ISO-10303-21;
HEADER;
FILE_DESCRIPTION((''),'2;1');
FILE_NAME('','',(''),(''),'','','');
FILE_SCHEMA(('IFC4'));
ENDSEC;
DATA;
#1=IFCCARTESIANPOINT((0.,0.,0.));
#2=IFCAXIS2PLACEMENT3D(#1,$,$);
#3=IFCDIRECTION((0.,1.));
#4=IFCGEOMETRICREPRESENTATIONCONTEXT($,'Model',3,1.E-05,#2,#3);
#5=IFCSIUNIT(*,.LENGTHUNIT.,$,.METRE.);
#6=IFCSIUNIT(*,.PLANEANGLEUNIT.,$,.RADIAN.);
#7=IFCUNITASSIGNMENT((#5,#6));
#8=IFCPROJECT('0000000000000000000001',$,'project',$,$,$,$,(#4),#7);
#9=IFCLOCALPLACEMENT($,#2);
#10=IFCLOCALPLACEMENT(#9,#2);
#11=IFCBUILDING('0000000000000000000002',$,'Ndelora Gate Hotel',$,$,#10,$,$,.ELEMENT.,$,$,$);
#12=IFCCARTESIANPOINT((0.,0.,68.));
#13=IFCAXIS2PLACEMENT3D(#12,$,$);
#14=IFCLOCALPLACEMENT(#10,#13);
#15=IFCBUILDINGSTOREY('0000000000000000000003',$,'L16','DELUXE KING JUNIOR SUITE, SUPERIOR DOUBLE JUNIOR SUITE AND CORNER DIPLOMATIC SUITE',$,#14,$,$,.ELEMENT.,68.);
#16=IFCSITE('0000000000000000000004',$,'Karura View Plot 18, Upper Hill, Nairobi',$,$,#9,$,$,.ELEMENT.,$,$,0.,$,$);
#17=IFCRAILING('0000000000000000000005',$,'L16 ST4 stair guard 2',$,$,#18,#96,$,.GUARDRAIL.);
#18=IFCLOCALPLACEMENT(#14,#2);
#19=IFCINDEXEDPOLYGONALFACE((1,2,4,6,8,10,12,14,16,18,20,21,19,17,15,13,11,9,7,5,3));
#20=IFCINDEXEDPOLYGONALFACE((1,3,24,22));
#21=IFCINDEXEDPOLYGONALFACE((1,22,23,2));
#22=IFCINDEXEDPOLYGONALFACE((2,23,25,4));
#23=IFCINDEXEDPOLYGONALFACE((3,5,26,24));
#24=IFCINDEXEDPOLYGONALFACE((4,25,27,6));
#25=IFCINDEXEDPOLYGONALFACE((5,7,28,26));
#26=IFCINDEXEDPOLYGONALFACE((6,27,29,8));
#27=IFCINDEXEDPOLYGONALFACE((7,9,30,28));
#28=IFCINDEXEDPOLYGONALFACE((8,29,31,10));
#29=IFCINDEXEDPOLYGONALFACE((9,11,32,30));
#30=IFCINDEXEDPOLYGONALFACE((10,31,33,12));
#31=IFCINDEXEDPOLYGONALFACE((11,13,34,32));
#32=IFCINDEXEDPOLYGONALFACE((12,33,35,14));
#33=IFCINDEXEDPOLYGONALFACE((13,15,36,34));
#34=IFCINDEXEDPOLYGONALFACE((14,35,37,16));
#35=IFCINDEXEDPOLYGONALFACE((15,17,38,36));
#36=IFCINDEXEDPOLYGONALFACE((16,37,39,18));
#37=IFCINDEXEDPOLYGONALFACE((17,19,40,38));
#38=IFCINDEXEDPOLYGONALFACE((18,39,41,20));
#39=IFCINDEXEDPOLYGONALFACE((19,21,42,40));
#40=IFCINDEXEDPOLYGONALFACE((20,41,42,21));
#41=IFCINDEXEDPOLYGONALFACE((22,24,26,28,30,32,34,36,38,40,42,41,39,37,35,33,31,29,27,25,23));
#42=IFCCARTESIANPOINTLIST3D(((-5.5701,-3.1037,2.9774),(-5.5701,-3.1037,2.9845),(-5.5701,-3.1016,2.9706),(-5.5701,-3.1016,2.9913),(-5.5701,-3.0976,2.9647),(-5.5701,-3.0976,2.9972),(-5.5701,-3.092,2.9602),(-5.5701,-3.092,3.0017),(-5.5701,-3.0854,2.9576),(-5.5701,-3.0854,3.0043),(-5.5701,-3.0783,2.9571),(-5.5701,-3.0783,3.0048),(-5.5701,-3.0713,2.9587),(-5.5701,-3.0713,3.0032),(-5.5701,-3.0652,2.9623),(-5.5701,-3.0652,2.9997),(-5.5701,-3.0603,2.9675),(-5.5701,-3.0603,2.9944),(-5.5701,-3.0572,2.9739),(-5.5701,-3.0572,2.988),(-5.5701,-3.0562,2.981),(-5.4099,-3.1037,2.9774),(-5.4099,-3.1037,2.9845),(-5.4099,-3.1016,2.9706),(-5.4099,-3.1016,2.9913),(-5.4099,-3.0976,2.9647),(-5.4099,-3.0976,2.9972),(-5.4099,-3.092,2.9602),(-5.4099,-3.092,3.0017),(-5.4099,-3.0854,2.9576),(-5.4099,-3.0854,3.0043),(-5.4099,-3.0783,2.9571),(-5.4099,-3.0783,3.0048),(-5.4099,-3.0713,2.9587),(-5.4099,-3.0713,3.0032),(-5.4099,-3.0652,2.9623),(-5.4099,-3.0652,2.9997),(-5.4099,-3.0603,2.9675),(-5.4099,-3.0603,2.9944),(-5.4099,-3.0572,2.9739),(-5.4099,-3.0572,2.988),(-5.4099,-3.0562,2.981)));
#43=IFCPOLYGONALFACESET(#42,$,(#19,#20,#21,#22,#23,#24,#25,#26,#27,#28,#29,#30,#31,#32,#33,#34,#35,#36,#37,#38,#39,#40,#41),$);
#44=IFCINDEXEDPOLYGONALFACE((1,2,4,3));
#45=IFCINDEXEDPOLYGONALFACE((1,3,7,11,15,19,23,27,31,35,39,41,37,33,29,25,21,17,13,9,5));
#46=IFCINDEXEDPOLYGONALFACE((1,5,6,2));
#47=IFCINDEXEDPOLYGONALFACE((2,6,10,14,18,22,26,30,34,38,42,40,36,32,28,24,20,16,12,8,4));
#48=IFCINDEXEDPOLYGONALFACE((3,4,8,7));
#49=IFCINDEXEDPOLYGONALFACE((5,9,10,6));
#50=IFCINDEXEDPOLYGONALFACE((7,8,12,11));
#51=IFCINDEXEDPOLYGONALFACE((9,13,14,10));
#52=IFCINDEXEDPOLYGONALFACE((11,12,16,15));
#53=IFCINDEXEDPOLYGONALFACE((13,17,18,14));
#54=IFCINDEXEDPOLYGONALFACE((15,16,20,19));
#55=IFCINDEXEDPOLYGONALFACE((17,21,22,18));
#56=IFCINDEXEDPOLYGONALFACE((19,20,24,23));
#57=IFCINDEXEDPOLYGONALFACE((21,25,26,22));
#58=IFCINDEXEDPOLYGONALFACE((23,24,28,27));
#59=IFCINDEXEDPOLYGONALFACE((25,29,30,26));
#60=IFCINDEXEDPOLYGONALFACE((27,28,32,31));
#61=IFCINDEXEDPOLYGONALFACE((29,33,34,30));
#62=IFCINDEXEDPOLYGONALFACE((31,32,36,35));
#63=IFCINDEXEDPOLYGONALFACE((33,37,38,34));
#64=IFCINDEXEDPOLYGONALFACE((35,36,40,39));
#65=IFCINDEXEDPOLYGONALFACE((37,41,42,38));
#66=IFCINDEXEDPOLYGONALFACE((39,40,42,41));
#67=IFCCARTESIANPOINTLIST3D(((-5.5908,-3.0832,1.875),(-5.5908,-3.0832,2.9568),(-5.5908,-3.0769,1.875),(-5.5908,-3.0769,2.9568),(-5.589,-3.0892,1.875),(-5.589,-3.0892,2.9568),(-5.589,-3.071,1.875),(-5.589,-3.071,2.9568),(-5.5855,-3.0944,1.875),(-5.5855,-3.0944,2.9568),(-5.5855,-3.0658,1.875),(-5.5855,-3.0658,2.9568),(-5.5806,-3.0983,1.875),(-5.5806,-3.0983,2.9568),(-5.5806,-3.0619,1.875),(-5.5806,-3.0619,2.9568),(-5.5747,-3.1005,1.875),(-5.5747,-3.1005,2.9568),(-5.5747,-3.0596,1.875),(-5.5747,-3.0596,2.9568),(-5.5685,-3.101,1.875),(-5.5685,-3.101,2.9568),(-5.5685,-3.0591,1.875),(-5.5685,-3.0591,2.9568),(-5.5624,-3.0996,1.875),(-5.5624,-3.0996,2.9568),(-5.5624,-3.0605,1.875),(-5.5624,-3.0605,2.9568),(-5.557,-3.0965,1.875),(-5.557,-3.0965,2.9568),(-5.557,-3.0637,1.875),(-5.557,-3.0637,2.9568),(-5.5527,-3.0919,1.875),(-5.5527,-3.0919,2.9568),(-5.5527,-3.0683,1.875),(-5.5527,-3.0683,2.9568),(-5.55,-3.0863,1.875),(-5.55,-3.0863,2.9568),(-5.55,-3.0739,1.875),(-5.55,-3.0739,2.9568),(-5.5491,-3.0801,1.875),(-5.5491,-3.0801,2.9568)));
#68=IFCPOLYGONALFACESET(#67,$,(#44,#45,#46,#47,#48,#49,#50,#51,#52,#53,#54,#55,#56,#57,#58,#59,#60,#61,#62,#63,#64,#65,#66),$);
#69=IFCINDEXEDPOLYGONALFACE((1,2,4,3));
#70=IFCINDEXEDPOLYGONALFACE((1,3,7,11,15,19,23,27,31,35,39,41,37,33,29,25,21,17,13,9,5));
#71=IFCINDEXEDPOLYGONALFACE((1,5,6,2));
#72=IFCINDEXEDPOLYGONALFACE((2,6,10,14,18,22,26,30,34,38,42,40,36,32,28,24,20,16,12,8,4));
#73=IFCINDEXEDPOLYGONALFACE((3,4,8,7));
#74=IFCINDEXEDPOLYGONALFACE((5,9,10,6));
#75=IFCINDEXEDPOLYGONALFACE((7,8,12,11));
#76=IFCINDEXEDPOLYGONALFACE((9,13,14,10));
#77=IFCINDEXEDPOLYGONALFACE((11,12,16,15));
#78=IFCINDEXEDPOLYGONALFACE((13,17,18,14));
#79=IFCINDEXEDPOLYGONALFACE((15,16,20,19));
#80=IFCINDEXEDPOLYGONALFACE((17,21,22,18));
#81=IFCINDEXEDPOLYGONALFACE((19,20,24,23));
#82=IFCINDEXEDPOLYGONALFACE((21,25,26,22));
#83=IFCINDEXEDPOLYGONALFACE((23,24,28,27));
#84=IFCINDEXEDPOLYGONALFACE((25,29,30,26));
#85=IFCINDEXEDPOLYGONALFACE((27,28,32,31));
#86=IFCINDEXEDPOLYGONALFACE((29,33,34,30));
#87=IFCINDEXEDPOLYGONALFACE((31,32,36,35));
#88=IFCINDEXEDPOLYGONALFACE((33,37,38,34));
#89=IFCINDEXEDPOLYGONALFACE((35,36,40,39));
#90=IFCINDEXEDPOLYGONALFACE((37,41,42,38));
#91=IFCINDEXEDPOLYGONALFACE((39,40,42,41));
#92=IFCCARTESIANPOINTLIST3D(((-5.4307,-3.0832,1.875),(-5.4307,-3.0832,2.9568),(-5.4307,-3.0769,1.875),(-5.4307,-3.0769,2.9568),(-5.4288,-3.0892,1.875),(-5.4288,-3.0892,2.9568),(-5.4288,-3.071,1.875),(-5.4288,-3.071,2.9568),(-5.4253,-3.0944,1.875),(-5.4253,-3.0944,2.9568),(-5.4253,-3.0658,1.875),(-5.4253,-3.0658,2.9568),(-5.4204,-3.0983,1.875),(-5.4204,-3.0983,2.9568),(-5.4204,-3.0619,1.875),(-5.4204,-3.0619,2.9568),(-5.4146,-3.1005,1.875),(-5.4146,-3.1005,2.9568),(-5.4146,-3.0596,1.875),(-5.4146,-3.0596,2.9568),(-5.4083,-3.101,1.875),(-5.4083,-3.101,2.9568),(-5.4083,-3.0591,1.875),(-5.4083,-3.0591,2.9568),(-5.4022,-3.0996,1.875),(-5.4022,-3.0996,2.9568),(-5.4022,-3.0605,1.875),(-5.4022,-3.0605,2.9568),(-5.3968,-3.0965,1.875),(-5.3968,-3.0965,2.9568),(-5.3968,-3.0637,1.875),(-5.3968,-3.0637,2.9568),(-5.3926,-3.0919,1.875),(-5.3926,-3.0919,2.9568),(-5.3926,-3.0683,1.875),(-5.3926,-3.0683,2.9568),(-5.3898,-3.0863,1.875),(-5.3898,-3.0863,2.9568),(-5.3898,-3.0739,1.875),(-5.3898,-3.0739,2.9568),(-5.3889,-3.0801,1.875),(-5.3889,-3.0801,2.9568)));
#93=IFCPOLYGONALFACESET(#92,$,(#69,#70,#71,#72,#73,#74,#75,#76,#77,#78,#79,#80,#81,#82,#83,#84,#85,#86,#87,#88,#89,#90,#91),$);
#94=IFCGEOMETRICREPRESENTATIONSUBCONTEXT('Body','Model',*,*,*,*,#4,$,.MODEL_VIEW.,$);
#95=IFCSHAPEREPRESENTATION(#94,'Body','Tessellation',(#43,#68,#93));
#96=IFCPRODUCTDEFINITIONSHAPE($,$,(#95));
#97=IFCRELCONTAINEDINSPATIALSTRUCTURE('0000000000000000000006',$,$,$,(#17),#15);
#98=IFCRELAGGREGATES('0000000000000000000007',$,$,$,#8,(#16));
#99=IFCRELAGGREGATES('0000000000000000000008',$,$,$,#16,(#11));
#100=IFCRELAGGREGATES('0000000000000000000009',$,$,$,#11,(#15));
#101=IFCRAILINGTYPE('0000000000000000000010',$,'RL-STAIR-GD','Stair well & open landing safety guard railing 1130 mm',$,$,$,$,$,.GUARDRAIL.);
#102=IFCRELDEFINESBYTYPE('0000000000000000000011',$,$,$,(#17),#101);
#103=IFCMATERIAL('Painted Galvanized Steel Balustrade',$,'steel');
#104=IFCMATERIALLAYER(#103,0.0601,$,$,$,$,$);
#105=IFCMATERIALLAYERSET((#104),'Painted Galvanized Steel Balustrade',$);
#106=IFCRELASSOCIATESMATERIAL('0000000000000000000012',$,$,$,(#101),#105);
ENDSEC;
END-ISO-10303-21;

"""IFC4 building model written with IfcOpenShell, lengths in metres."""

from ifc_helpers import new_model, si_unit, direction, frame, origin, origin_2d, place, context, subcontext, project, spatial, circle, extrude, material, layer, layer_set, type_object, element, save


model = new_model("IFC4")

# Units and contexts
model_context = context("Model", 3, precision=1e-05, world=origin(), true_north=direction((0.0, 1.0)))
body_context = subcontext(model_context, "Body", "Model", "MODEL_VIEW")
ifc_project = project(units=[si_unit("LENGTHUNIT", "METRE"), si_unit("PLANEANGLEUNIT", "RADIAN")], contexts=[model_context])

# Site, building, storey
site_placement = place(None, origin())
site = spatial("IfcSite", under=ifc_project, at=site_placement, Name="Karura View Plot 18, Upper Hill, Nairobi", CompositionType="ELEMENT", RefElevation=0.0)
building_placement = place(site_placement, origin())
building = spatial("IfcBuilding", under=site, at=building_placement, Name="Ndelora Gate Hotel", CompositionType="ELEMENT")
storey_placement = place(building_placement, frame((0.0, 0.0, 68.0)))
storey = spatial("IfcBuildingStorey", under=building, at=storey_placement, Name="L16", Description="DELUXE KING JUNIOR SUITE, SUPERIOR DOUBLE JUNIOR SUITE AND CORNER DIPLOMATIC SUITE", CompositionType="ELEMENT", Elevation=68.0)

# Railing
ifc_material_1 = material(Name="Painted Galvanized Steel Balustrade", Category="steel")
ifc_layer_1 = layer(ifc_material_1, 0.0601)
ifc_layer_set_1 = layer_set([ifc_layer_1], Name="Painted Galvanized Steel Balustrade")
railing_type_1 = type_object("IfcRailingType", Name="RL-STAIR-GD", Description="Stair well & open landing safety guard railing 1130 mm", PredefinedType="GUARDRAIL", material=ifc_layer_set_1)
railing_1_placement = place(storey_placement, frame((-5.5701, -3.0801, 1.875)))
element("IfcRailing", 1, at=railing_1_placement, inside=storey, type_object=railing_type_1, Name="L16 ST4 stair guard 2", PredefinedType="GUARDRAIL", context=body_context, shape_type="SweptSolid", body=[
    extrude(circle(Radius=0.0239, at=origin_2d()), frame((0.0, 0.0, 1.106), z_axis=(1.0, 0.0, 0.0), x_axis=(0.0, 1.0, 0.0)), (0.0, 0.0, 1.0), 0.1602),
    extrude(circle(Radius=0.021, at=origin_2d()), origin(), (0.0, 0.0, 1.0), 1.0818),
    extrude(circle(Radius=0.021, at=origin_2d()), frame((0.1602, 0.0, 0.0)), (0.0, 0.0, 1.0), 1.0818),
])

save(model, "model.ifc")
